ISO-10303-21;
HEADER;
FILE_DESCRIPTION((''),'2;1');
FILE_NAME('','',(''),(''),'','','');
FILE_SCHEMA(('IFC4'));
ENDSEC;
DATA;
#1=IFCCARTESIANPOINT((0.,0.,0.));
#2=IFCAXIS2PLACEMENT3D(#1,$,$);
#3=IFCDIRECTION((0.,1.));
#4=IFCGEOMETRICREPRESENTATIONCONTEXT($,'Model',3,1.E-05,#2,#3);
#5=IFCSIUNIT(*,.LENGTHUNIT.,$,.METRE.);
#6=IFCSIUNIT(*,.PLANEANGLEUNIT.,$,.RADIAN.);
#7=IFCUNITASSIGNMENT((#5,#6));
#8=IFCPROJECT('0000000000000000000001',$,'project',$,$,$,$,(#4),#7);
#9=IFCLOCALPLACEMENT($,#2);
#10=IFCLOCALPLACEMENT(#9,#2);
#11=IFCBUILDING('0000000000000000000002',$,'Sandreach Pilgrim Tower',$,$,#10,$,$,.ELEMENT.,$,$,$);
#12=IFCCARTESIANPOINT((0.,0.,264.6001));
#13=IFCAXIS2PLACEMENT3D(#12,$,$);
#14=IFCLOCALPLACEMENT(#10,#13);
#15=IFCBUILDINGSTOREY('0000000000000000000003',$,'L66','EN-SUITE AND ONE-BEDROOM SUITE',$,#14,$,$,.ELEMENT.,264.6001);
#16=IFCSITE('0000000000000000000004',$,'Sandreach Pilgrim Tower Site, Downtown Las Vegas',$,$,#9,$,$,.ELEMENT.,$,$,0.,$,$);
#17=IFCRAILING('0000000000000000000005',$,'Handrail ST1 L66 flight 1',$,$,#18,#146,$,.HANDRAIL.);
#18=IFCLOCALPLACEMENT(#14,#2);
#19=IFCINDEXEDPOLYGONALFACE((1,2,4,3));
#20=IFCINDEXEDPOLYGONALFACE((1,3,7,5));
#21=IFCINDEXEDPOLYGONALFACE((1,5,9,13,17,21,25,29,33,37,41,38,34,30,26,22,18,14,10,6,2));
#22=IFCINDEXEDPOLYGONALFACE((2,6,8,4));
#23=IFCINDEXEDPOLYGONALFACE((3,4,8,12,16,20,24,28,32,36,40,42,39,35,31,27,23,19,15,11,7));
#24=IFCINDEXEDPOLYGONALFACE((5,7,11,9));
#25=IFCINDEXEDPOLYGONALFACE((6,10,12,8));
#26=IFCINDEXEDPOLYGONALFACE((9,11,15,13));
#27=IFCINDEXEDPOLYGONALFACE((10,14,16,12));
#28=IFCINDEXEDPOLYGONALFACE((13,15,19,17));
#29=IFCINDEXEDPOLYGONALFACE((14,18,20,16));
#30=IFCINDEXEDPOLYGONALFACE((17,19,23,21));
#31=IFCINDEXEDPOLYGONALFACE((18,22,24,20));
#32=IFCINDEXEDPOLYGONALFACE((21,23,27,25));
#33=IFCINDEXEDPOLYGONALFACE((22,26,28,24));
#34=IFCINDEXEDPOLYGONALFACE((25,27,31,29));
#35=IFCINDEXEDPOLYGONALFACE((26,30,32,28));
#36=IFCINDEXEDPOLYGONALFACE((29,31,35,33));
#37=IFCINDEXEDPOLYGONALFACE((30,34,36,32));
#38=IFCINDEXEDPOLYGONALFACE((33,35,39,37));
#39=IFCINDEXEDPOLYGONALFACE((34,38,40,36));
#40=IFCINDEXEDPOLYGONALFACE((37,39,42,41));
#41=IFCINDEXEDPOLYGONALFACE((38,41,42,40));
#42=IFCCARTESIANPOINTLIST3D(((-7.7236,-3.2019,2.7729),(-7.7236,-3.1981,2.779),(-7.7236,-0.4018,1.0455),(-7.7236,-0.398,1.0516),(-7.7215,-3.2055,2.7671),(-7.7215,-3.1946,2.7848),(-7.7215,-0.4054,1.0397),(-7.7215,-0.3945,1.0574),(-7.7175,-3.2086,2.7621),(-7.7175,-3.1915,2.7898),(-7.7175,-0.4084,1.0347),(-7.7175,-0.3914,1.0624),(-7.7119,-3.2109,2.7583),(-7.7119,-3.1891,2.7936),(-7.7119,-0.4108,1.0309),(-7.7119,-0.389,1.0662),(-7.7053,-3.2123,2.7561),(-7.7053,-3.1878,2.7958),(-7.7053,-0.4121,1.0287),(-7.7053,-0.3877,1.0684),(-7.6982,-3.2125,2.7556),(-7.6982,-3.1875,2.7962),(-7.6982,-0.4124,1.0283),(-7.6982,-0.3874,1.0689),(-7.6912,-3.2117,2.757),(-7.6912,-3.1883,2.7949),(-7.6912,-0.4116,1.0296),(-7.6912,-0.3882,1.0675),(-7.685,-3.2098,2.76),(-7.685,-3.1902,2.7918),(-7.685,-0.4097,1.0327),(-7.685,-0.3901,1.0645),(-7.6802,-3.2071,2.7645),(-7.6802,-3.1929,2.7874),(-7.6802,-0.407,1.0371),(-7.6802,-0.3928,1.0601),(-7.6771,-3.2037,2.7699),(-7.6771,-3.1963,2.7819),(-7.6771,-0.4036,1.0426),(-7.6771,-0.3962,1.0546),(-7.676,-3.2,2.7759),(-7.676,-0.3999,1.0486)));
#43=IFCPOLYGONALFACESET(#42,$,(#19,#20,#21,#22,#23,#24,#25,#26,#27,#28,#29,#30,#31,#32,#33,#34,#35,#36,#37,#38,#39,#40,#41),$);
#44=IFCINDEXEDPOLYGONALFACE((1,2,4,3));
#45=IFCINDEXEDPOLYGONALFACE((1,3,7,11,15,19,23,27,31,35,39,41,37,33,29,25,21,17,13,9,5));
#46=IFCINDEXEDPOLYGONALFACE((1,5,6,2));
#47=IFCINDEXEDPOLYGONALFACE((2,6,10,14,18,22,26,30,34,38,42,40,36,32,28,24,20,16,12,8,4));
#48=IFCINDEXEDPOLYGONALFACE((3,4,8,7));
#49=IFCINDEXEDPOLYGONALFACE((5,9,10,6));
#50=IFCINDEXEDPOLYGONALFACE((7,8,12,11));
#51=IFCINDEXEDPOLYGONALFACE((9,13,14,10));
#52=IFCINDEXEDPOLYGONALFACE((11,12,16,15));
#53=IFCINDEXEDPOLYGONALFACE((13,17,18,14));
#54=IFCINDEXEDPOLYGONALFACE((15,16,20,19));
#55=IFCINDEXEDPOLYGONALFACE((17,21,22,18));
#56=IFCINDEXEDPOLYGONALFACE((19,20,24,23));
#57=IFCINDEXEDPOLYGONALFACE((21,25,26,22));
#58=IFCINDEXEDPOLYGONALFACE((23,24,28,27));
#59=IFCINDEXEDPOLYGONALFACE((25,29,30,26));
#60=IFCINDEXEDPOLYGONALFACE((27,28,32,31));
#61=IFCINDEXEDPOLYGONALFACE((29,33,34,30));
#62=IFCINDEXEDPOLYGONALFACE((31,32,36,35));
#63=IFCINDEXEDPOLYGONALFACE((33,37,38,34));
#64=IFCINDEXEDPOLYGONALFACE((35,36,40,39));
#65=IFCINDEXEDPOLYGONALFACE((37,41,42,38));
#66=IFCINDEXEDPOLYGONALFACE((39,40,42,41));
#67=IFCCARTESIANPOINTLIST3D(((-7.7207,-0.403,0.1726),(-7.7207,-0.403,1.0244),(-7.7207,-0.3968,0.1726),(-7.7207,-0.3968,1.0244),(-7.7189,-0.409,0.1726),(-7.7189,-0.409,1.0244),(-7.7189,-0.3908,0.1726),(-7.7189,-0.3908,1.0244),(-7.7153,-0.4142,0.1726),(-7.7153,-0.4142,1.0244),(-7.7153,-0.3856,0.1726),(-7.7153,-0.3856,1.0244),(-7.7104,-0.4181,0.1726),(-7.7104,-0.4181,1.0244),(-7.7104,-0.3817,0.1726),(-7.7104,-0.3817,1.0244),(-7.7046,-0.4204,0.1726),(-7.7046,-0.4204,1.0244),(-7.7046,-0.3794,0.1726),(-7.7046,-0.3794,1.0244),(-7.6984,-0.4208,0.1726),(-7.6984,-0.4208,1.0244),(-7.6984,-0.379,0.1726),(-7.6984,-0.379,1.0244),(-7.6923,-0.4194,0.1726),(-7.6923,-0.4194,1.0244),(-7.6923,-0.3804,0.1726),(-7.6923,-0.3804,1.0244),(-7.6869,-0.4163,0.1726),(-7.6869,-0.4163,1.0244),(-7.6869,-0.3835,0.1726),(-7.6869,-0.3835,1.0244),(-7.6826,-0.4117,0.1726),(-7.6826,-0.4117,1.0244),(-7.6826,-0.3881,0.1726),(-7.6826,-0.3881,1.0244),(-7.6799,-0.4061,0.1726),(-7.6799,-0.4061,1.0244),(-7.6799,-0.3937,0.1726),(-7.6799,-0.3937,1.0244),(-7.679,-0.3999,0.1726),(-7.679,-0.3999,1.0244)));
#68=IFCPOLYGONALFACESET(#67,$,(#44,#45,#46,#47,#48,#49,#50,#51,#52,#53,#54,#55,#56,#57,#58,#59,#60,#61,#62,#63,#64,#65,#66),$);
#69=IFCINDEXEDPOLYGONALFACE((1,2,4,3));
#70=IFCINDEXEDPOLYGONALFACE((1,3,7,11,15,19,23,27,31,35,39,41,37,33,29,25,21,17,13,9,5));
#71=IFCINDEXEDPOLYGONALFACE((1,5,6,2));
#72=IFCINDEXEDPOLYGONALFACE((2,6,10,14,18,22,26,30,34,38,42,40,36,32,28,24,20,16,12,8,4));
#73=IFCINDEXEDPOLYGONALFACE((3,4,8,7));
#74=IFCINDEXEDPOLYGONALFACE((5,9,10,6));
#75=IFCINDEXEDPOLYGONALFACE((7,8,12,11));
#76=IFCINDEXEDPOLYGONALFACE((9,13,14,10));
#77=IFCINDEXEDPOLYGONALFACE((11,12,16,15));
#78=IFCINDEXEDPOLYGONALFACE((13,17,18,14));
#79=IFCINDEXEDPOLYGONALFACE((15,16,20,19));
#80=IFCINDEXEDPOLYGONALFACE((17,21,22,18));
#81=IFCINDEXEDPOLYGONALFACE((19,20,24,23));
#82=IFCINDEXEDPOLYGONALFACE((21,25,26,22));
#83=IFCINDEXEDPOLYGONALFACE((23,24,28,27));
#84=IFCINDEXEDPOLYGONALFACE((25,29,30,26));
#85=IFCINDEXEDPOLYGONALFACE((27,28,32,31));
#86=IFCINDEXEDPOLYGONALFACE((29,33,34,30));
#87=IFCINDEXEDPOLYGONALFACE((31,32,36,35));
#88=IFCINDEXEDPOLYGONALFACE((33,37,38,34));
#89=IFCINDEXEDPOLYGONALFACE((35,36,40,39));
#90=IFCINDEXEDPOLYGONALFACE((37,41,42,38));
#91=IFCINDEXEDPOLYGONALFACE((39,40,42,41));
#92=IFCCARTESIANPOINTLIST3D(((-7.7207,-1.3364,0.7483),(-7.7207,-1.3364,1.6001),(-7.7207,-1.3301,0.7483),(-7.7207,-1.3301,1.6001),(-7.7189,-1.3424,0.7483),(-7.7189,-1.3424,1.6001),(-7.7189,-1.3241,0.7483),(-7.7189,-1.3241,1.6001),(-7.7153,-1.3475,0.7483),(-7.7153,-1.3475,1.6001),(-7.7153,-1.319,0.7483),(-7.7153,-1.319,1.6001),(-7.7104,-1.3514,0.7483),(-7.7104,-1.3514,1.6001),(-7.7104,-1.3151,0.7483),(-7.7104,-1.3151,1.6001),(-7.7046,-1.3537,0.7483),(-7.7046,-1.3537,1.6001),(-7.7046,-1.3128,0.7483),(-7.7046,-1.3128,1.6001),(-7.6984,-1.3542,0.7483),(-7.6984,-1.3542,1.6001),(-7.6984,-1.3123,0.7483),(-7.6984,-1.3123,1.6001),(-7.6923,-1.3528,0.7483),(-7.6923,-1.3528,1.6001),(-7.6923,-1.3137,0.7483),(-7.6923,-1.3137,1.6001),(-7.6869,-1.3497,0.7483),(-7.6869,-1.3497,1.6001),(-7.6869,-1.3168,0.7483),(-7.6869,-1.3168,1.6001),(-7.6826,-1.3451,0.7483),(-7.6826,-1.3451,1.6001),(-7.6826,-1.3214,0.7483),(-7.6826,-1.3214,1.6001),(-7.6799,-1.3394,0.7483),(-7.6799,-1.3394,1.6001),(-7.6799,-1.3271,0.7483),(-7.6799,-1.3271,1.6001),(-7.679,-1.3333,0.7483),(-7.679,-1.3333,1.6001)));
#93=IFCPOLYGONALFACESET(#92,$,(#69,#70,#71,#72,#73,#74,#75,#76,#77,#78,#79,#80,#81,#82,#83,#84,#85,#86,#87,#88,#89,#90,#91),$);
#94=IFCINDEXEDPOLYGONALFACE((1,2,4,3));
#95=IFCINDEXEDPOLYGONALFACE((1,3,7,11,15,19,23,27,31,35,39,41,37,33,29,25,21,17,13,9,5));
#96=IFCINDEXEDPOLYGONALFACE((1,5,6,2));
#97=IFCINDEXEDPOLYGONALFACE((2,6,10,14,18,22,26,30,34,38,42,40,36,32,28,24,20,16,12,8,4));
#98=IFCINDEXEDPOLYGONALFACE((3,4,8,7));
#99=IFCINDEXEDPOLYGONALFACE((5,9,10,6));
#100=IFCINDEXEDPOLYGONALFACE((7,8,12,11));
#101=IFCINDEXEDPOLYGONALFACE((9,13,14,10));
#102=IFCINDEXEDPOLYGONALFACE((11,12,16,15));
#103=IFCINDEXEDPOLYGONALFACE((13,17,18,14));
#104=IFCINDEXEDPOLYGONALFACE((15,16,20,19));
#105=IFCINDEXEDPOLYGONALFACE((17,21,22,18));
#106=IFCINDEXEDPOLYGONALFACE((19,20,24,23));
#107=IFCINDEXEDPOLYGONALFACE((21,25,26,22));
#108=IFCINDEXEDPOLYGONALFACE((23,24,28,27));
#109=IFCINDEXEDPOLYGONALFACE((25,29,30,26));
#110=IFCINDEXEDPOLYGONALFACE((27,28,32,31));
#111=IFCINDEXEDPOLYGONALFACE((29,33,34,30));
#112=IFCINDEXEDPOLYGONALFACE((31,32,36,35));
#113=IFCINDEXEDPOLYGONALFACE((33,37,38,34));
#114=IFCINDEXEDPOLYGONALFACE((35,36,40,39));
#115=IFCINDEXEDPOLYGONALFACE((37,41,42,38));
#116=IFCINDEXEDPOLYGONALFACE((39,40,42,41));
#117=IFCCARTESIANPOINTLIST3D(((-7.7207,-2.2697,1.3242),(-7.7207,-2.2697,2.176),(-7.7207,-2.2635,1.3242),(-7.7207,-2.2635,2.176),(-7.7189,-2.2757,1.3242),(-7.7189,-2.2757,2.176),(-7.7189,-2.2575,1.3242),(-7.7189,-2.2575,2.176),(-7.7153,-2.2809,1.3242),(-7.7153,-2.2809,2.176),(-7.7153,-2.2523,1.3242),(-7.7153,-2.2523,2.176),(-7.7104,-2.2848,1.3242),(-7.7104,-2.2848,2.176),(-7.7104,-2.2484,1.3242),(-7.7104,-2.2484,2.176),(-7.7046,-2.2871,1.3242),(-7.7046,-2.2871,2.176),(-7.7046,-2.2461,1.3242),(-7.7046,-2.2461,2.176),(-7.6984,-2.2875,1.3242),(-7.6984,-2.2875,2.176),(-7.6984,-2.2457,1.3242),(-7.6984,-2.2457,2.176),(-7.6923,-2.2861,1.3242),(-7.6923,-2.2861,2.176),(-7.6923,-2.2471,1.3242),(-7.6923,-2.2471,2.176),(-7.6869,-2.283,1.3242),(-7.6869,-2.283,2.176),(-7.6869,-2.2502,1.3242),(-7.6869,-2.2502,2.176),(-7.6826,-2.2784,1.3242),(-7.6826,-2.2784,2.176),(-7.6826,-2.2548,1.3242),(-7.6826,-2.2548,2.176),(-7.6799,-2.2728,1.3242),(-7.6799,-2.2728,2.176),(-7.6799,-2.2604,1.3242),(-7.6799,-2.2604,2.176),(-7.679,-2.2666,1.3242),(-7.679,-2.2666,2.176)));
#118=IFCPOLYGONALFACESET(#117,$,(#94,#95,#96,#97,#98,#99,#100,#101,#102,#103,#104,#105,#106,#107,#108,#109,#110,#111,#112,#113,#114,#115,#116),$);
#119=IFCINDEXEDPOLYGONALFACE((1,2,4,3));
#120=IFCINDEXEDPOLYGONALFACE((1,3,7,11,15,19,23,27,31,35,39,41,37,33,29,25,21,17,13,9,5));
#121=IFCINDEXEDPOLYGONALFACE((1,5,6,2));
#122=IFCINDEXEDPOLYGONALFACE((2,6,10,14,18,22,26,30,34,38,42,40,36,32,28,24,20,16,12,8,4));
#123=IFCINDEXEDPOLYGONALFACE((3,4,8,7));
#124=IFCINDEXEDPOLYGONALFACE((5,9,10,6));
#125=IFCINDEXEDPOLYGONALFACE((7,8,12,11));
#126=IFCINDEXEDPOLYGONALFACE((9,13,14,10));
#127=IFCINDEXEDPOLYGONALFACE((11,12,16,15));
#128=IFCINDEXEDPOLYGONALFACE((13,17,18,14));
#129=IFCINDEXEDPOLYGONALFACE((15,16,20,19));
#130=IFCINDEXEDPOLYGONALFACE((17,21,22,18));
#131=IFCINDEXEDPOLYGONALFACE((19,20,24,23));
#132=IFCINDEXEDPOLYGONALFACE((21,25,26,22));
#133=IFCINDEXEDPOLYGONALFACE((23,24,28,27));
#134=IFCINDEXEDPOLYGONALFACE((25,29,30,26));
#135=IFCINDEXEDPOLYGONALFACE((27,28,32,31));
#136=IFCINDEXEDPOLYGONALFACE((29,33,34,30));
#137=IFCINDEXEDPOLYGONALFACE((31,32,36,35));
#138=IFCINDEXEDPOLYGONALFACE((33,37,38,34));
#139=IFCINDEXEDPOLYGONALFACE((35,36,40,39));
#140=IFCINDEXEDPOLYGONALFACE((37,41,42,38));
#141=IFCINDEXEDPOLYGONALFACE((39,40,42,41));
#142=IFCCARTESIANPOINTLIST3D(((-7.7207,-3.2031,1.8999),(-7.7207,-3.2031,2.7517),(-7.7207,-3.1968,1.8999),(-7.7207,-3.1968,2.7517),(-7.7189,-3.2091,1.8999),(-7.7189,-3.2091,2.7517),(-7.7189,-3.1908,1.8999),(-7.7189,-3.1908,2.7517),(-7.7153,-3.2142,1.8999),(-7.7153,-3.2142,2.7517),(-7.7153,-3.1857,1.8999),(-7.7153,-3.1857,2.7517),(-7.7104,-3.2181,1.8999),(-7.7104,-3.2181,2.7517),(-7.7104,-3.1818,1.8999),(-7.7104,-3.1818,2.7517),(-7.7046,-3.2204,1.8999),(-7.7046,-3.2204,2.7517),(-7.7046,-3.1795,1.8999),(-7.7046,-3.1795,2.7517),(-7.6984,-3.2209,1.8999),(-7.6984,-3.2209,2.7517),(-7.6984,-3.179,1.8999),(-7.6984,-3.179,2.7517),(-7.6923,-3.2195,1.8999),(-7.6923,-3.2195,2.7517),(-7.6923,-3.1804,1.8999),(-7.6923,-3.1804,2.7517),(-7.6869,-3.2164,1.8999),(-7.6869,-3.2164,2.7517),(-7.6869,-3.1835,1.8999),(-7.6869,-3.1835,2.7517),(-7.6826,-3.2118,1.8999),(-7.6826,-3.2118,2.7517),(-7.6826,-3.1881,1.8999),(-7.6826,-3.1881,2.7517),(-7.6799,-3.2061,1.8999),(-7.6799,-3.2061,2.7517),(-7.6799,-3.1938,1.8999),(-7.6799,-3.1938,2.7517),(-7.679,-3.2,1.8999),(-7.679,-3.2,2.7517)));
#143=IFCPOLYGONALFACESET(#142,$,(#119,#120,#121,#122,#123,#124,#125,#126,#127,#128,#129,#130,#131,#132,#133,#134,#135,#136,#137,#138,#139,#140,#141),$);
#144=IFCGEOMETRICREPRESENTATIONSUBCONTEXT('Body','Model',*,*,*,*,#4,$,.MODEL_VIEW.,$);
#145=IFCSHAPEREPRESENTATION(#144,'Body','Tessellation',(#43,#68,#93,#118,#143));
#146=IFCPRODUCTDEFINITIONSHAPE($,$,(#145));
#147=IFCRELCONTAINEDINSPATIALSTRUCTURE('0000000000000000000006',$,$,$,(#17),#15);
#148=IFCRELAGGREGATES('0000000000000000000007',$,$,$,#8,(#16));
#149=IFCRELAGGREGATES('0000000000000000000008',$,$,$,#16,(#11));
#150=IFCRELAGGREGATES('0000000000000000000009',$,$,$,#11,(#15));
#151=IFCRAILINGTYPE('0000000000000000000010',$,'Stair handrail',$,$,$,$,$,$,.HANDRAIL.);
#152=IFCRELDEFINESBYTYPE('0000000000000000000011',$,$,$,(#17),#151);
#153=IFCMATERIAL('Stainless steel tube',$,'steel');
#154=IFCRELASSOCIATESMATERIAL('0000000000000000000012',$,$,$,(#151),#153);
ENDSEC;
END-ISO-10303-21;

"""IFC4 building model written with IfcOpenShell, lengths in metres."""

from ifc_helpers import new_model, si_unit, direction, frame, origin, origin_2d, place, context, subcontext, project, spatial, circle, extrude, material, type_object, element, save


model = new_model("IFC4")

# Units and contexts
model_context = context("Model", 3, precision=1e-05, world=origin(), true_north=direction((0.0, 1.0)))
body_context = subcontext(model_context, "Body", "Model", "MODEL_VIEW")
ifc_project = project(units=[si_unit("LENGTHUNIT", "METRE"), si_unit("PLANEANGLEUNIT", "RADIAN")], contexts=[model_context])

# Site, building, storey
site_placement = place(None, origin())
site = spatial("IfcSite", under=ifc_project, at=site_placement, Name="Sandreach Pilgrim Tower Site, Downtown Las Vegas", CompositionType="ELEMENT", RefElevation=0.0)
building_placement = place(site_placement, origin())
building = spatial("IfcBuilding", under=site, at=building_placement, Name="Sandreach Pilgrim Tower", CompositionType="ELEMENT")
storey_placement = place(building_placement, frame((0.0, 0.0, 264.6001)))
storey = spatial("IfcBuildingStorey", under=building, at=storey_placement, Name="L66", Description="EN-SUITE AND ONE-BEDROOM SUITE", CompositionType="ELEMENT", Elevation=264.6001)

# Railing
ifc_material_1 = material(Name="Stainless steel tube", Category="steel")
railing_type = type_object("IfcRailingType", Name="Stair handrail", PredefinedType="HANDRAIL", material=ifc_material_1)
railing_placement = place(storey_placement, frame((-7.7, -0.3999, 0.1726)))
element("IfcRailing", 1, at=railing_placement, inside=storey, type_object=railing_type, Name="Handrail ST1 L66 flight 1", PredefinedType="HANDRAIL", context=body_context, shape_type="SweptSolid", body=[
    extrude(circle(Radius=0.0239, at=origin_2d()), frame((0.0, 0.0, 0.876), z_axis=(0.0, -0.85109, 0.52502), x_axis=(1.0, 0.0, 0.0)), (0.0, 0.0, 1.0), 3.29),
    extrude(circle(Radius=0.021, at=origin_2d()), origin(), (0.0, 0.0, 1.0), 0.8518),
    extrude(circle(Radius=0.021, at=origin_2d()), frame((0.0, -0.9333, 0.5757)), (0.0, 0.0, 1.0), 0.8518),
    extrude(circle(Radius=0.021, at=origin_2d()), frame((0.0, -1.8667, 1.1516)), (0.0, 0.0, 1.0), 0.8518),
    extrude(circle(Radius=0.021, at=origin_2d()), frame((0.0, -2.8, 1.7273)), (0.0, 0.0, 1.0), 0.8518),
])

save(model, "model.ifc")
